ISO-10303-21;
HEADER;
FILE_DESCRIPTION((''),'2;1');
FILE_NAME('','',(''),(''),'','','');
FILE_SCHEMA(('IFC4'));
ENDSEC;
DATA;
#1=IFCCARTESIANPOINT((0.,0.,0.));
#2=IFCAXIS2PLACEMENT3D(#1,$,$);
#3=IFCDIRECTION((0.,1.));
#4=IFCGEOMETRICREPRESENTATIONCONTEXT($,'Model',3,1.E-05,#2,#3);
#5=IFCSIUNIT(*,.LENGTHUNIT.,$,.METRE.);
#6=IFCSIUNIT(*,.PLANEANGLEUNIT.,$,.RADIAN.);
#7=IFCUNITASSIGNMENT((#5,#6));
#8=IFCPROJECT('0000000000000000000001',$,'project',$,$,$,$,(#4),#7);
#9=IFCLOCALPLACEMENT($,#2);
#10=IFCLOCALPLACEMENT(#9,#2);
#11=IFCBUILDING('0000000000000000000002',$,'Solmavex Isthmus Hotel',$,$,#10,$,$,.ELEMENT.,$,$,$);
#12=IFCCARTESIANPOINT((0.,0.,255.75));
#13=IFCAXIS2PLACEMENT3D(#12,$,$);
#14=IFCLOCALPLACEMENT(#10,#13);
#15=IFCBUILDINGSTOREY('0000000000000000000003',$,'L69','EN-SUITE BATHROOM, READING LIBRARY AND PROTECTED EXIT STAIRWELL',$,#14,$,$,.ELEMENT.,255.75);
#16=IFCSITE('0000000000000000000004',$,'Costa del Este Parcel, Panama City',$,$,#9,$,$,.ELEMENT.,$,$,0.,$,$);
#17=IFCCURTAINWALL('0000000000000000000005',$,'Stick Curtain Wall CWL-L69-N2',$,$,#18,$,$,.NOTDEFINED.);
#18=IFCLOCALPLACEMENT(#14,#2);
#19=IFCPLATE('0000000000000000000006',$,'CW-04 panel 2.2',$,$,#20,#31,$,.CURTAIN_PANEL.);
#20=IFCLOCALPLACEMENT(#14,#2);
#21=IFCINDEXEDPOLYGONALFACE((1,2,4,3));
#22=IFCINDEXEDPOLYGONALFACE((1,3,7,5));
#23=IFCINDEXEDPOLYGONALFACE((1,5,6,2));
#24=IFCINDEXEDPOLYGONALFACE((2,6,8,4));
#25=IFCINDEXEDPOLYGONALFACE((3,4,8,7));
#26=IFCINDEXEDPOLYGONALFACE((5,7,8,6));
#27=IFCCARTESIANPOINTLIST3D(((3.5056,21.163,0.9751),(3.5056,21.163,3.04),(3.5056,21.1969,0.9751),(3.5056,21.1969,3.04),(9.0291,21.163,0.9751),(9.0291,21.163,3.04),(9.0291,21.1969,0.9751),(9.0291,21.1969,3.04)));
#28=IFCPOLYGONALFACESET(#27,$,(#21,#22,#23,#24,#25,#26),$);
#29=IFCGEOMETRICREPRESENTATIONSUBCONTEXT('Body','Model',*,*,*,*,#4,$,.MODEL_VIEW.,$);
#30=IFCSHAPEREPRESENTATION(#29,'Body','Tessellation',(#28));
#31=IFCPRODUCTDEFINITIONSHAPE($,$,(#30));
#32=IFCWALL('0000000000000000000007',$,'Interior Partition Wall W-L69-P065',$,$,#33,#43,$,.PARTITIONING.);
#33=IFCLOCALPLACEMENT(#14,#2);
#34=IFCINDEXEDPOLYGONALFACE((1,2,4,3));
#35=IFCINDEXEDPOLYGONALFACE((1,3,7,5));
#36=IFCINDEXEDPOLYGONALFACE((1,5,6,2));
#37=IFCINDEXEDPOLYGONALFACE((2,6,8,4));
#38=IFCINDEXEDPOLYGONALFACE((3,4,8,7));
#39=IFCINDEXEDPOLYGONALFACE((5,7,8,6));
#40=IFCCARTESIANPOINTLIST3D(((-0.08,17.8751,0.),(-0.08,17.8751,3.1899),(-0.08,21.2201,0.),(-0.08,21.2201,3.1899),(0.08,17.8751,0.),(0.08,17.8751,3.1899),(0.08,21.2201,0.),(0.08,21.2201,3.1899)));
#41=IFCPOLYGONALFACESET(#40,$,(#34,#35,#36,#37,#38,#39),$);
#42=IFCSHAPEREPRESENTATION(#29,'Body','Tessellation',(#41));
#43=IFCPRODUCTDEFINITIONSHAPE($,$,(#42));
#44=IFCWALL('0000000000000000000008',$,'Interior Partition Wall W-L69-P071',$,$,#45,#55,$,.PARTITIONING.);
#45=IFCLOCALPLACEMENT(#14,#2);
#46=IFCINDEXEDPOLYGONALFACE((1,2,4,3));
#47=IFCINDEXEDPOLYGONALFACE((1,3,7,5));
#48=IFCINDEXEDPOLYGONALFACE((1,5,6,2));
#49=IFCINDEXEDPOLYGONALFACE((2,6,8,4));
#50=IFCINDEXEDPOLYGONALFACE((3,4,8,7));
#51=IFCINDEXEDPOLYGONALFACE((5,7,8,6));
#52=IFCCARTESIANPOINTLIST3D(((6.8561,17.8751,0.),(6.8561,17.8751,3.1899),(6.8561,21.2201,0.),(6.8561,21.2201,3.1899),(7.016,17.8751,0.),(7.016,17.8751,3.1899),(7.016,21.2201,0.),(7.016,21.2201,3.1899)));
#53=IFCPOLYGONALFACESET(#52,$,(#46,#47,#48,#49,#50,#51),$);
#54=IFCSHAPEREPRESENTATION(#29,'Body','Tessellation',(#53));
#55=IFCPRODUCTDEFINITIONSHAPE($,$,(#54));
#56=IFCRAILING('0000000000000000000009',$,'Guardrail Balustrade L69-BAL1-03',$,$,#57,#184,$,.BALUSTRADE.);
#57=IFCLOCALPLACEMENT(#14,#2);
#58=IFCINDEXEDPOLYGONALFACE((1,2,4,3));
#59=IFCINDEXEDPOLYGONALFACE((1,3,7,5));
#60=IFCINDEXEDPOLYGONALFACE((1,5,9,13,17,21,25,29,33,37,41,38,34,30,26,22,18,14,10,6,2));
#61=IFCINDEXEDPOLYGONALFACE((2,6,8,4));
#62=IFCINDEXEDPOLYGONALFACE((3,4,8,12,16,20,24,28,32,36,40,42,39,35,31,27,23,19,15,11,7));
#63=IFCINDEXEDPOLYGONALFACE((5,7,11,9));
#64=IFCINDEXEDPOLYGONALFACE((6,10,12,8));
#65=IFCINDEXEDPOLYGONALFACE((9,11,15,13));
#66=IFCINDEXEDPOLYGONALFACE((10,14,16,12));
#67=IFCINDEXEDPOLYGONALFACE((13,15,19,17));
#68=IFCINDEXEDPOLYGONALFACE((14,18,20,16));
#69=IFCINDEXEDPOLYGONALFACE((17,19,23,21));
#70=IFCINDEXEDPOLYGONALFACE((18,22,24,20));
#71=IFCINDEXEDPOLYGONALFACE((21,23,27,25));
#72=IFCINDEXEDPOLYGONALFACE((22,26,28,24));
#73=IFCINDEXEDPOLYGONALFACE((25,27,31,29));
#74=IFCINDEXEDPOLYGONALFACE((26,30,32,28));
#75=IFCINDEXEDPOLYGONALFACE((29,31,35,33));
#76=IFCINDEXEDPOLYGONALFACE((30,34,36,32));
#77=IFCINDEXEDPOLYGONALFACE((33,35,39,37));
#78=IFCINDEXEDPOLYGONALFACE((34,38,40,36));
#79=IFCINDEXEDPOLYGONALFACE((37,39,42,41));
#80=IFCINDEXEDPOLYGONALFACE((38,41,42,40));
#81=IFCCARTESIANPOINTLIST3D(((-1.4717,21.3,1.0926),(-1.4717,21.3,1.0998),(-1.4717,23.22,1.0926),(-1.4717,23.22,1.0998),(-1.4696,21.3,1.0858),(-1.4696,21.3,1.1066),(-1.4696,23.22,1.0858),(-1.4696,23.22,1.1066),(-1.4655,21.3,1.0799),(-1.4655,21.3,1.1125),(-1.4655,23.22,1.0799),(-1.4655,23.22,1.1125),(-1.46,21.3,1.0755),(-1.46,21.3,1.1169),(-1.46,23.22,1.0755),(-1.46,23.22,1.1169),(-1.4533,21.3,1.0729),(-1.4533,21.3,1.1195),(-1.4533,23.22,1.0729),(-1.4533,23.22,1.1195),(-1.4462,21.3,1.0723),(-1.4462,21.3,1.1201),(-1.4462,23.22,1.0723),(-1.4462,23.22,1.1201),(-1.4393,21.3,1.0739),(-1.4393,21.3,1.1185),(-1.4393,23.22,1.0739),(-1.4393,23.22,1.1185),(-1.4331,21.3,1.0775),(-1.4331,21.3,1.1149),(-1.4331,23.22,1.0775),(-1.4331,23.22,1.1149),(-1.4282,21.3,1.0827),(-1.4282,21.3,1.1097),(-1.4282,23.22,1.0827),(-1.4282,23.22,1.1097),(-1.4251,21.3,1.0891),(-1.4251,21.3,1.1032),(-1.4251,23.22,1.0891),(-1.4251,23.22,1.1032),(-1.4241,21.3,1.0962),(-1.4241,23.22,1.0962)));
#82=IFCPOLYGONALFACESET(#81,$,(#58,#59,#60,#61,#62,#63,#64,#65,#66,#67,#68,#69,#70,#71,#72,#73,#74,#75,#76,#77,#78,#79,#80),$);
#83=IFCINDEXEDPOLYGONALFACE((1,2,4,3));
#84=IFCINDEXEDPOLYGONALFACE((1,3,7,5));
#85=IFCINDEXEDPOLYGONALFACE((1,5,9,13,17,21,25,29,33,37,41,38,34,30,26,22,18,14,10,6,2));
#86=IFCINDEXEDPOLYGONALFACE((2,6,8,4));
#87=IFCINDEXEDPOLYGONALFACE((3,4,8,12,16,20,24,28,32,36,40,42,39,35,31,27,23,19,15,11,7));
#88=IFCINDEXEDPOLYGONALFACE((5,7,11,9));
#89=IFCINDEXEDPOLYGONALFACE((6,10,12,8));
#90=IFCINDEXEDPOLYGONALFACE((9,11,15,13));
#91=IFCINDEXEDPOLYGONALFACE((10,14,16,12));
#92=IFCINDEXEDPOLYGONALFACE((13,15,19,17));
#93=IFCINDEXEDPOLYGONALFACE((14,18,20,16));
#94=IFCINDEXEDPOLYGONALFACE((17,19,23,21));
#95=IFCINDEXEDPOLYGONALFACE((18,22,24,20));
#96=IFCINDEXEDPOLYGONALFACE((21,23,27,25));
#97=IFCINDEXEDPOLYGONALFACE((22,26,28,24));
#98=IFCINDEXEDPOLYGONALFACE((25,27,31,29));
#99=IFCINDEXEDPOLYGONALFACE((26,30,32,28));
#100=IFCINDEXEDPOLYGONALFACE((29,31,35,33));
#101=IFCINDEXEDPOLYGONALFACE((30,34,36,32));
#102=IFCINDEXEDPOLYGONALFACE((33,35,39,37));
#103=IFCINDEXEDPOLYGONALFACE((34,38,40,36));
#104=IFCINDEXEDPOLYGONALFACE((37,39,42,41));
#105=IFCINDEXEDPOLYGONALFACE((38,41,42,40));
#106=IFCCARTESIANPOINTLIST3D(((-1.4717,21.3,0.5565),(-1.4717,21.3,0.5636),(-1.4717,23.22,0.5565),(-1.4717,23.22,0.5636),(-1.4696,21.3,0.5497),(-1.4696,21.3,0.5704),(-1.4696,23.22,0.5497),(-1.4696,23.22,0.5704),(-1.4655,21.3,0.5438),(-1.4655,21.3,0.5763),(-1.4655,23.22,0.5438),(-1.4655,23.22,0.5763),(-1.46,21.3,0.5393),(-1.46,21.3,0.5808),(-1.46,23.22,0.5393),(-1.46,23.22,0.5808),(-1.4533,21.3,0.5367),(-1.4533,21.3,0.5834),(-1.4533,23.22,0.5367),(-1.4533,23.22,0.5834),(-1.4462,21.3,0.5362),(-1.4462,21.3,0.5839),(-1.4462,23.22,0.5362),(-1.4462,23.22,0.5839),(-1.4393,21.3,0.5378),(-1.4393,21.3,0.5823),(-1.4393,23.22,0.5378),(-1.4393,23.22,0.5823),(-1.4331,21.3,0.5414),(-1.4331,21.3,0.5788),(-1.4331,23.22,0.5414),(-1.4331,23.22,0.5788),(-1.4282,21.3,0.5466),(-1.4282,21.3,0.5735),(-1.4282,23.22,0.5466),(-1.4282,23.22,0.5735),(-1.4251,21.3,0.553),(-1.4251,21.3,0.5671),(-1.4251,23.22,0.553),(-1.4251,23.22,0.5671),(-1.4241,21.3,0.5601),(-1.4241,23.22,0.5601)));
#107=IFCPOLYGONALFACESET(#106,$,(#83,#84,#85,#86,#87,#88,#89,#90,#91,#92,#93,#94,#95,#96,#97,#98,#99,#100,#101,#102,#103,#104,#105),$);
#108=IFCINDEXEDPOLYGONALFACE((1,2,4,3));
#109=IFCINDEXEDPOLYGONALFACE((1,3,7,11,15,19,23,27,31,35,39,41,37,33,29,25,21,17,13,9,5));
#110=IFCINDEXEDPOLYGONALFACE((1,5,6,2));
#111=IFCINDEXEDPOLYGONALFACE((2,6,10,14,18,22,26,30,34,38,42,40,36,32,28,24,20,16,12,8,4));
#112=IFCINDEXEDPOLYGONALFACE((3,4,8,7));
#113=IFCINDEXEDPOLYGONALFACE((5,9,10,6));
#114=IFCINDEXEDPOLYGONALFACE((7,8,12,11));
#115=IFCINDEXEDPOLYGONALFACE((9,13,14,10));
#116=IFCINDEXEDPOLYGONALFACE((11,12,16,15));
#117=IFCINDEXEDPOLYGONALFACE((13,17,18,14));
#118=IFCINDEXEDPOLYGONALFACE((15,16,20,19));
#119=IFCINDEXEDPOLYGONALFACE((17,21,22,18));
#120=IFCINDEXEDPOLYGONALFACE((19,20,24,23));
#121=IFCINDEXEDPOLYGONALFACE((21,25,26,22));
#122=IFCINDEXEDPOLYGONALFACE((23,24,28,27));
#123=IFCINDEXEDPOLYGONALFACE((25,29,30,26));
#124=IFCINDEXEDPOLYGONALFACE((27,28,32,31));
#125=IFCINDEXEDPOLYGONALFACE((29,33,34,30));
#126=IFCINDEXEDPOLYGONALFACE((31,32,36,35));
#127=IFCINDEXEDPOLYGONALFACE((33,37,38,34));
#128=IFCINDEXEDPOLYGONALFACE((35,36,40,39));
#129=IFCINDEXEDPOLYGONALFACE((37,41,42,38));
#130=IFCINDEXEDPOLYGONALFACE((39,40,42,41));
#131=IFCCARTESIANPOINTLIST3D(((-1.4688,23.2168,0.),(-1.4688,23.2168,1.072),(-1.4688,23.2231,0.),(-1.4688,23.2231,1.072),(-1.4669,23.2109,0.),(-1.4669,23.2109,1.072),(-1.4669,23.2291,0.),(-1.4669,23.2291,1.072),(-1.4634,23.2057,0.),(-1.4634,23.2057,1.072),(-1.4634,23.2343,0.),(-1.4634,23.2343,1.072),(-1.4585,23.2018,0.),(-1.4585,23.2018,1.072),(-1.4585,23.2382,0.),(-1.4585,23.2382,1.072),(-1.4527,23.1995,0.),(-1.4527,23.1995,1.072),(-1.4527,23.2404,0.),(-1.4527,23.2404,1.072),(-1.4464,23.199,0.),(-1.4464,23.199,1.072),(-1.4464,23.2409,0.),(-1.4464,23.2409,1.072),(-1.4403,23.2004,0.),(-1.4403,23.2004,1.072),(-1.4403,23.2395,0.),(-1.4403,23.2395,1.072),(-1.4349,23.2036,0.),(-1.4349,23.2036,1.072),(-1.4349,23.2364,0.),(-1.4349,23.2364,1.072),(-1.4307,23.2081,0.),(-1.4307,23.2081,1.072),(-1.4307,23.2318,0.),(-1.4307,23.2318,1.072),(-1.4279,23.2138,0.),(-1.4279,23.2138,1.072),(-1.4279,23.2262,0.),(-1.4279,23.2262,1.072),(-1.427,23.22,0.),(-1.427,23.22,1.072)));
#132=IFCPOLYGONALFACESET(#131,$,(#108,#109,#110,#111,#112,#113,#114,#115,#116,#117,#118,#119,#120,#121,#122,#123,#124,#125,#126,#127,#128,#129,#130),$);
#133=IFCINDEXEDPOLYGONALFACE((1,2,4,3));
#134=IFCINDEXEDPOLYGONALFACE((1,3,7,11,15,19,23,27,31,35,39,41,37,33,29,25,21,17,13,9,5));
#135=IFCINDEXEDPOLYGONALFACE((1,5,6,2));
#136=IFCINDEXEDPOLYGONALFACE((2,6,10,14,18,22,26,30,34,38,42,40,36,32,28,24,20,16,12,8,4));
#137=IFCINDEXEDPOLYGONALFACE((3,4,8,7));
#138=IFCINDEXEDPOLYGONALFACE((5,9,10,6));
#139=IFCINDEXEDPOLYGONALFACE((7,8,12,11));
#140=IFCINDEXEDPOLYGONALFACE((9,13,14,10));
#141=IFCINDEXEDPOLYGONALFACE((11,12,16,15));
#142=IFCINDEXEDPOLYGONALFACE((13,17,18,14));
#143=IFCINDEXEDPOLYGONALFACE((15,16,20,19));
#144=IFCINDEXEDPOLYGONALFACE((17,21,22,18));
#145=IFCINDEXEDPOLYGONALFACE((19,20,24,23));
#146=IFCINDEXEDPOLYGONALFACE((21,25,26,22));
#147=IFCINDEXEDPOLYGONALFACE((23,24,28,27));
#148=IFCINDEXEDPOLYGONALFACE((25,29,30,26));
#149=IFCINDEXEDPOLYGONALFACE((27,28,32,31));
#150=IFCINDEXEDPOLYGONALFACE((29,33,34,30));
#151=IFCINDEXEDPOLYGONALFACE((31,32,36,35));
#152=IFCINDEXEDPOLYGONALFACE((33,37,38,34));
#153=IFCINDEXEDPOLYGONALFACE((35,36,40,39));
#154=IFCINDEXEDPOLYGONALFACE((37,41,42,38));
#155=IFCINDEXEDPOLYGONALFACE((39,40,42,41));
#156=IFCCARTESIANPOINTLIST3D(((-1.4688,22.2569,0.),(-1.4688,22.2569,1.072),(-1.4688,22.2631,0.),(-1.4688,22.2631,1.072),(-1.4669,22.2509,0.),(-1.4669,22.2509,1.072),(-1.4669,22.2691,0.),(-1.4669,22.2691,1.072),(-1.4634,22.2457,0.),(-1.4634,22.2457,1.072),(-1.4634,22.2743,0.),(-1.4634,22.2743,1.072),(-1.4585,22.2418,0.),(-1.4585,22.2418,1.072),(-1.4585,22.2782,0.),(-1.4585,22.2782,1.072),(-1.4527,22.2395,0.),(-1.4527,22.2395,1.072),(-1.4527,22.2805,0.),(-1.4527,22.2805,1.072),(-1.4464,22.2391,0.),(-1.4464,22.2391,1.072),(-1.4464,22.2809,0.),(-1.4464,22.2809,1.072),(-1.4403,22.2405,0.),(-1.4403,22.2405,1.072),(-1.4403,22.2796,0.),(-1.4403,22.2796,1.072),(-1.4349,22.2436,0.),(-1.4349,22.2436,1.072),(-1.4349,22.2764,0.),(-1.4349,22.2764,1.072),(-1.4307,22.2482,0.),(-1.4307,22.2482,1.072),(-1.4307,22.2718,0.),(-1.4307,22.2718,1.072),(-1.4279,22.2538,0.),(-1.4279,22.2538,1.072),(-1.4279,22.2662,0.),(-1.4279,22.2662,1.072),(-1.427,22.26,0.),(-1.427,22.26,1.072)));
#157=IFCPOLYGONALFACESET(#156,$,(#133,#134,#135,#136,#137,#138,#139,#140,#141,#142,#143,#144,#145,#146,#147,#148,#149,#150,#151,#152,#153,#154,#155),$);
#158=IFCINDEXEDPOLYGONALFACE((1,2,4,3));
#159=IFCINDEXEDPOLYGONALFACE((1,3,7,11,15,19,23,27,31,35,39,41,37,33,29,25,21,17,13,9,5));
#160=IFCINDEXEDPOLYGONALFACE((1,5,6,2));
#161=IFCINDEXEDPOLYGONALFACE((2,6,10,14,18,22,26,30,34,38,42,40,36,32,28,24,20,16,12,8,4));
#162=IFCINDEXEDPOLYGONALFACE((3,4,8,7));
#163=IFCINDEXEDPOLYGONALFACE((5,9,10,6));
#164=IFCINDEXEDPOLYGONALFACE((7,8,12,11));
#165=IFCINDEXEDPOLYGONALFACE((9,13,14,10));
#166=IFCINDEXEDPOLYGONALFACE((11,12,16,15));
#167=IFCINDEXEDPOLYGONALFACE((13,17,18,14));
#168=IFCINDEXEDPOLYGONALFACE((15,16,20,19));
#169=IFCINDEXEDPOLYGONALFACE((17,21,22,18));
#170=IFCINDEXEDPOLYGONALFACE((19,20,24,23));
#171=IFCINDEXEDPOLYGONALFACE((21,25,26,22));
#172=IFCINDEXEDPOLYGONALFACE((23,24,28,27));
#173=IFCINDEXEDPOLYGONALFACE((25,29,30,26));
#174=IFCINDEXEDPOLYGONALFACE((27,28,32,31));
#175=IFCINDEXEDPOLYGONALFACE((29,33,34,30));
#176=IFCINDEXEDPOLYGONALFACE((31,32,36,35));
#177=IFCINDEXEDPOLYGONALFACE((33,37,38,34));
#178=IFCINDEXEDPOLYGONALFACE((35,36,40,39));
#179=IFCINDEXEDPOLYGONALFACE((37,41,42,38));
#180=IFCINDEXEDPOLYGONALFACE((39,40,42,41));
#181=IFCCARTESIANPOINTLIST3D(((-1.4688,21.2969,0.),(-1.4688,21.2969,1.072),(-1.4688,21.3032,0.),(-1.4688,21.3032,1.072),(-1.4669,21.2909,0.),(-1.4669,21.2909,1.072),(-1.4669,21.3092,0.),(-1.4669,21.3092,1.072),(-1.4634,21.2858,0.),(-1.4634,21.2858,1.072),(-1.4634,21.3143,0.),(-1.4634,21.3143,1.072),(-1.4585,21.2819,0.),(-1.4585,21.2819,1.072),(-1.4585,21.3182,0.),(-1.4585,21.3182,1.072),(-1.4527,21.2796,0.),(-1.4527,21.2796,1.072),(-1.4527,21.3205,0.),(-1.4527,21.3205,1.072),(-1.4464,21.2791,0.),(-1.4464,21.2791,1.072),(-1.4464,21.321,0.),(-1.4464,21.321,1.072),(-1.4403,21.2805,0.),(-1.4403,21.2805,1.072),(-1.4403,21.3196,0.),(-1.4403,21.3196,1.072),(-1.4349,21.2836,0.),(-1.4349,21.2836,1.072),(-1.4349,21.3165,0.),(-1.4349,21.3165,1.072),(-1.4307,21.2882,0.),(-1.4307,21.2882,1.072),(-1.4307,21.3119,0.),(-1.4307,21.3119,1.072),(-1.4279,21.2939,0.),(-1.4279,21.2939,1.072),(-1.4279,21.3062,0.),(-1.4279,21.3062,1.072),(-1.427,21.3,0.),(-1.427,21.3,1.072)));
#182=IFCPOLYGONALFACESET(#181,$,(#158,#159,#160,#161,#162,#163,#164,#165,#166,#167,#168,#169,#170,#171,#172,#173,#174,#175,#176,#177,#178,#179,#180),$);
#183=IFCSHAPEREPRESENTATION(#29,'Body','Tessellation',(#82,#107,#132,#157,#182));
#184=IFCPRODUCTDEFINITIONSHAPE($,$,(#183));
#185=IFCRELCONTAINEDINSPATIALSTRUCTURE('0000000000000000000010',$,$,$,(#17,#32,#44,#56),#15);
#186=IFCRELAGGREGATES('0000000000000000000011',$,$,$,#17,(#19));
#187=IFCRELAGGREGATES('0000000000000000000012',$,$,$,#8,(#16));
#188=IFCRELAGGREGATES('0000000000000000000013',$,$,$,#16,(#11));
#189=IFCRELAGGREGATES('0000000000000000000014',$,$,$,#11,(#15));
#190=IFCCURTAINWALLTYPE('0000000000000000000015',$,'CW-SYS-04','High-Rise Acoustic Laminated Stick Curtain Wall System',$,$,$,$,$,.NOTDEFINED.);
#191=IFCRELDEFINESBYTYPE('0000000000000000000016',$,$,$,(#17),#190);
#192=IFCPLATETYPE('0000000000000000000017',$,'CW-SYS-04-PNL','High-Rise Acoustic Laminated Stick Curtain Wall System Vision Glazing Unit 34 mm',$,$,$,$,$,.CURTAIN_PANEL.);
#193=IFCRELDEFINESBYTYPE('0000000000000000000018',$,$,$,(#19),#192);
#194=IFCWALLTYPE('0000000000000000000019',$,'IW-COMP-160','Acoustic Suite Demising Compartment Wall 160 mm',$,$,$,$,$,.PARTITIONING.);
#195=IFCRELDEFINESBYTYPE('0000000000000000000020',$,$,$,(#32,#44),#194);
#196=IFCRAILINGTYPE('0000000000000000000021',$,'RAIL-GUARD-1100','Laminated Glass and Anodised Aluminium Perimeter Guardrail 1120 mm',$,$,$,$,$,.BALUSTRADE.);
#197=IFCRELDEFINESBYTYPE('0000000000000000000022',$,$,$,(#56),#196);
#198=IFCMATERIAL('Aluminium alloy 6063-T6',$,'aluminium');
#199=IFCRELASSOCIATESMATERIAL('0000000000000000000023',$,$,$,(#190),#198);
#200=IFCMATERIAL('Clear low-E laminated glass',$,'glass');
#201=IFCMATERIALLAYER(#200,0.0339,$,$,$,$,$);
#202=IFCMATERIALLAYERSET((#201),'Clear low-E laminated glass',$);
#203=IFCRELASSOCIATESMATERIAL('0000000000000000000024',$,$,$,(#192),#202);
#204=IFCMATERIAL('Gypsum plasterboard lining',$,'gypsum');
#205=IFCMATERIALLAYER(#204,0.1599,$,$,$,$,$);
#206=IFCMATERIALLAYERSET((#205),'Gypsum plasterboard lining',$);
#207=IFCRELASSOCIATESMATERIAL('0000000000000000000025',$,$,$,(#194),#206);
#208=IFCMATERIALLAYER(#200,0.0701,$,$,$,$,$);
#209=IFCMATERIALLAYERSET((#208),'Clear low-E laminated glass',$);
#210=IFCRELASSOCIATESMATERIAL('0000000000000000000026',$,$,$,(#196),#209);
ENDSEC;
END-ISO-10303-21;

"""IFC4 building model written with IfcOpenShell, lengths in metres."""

from ifc_helpers import new_model, si_unit, direction, frame, frame_2d, origin, origin_2d, place, context, subcontext, project, spatial, rectangle, circle, extrude, material, layer, layer_set, type_object, element, aggregate, save


model = new_model("IFC4")

# Units and contexts
model_context = context("Model", 3, precision=1e-05, world=origin(), true_north=direction((0.0, 1.0)))
body_context = subcontext(model_context, "Body", "Model", "MODEL_VIEW")
ifc_project = project(units=[si_unit("LENGTHUNIT", "METRE"), si_unit("PLANEANGLEUNIT", "RADIAN")], contexts=[model_context])

# Site, building, storey
site_placement = place(None, origin())
site = spatial("IfcSite", under=ifc_project, at=site_placement, Name="Costa del Este Parcel, Panama City", CompositionType="ELEMENT", RefElevation=0.0)
building_placement = place(site_placement, origin())
building = spatial("IfcBuilding", under=site, at=building_placement, Name="Solmavex Isthmus Hotel", CompositionType="ELEMENT")
storey_placement = place(building_placement, frame((0.0, 0.0, 255.75)))
storey = spatial("IfcBuildingStorey", under=building, at=storey_placement, Name="L69", Description="EN-SUITE BATHROOM, READING LIBRARY AND PROTECTED EXIT STAIRWELL", CompositionType="ELEMENT", Elevation=255.75)

# Curtain wall
ifc_material_1 = material(Name="Aluminium alloy 6063-T6", Category="aluminium")
curtain_wall_type = type_object("IfcCurtainWallType", Name="CW-SYS-04", Description="High-Rise Acoustic Laminated Stick Curtain Wall System", PredefinedType="NOTDEFINED", material=ifc_material_1)
curtain_wall_1_placement = place(storey_placement, origin())
curtain_wall_1 = element("IfcCurtainWall", 1, at=curtain_wall_1_placement, inside=storey, type_object=curtain_wall_type, Name="Stick Curtain Wall CWL-L69-N2", PredefinedType="NOTDEFINED")

# Plate
ifc_material_2 = material(Name="Clear low-E laminated glass", Category="glass")
ifc_layer_1 = layer(ifc_material_2, 0.0339)
ifc_layer_set_1 = layer_set([ifc_layer_1], Name="Clear low-E laminated glass")
plate_type = type_object("IfcPlateType", Name="CW-SYS-04-PNL", Description="High-Rise Acoustic Laminated Stick Curtain Wall System Vision Glazing Unit 34 mm", PredefinedType="CURTAIN_PANEL", material=ifc_layer_set_1)
plate_1_placement = place(storey_placement, frame((6.2673, 21.1799, 0.9751), z_axis=(0.0, 0.0, 1.0), x_axis=(1.0, 0.0, 0.0)))
plate_1 = element("IfcPlate", 2, at=plate_1_placement, type_object=plate_type, Name="CW-04 panel 2.2", PredefinedType="CURTAIN_PANEL", context=body_context, shape_type="SweptSolid", body=[
    extrude(rectangle(XDim=5.5234, YDim=0.0339, at=origin_2d()), origin(), (0.0, 0.0, 1.0), 2.0649),
])
aggregate(curtain_wall_1, [plate_1])

# Walls
ifc_material_3 = material(Name="Gypsum plasterboard lining", Category="gypsum")
ifc_layer_2 = layer(ifc_material_3, 0.1599)
ifc_layer_set_2 = layer_set([ifc_layer_2], Name="Gypsum plasterboard lining")
wall_type_1 = type_object("IfcWallType", Name="IW-COMP-160", Description="Acoustic Suite Demising Compartment Wall 160 mm", PredefinedType="PARTITIONING", material=ifc_layer_set_2)
for number, where, z_axis, x_axis, name in (
    (3, (0.0, 21.22, 0.0), (0.0, 0.0, 1.0), (0.0, -1.0, 0.0), "Interior Partition Wall W-L69-P065"),
    (4, (6.936, 21.22, 0.0), (0.0, 0.0, 1.0), (0.0, -1.0, 0.0), "Interior Partition Wall W-L69-P071"),
):
    element("IfcWall", number, at=place(storey_placement, frame(where, z_axis=z_axis, x_axis=x_axis)), inside=storey, type_object=wall_type_1, Name=name, PredefinedType="PARTITIONING", context=body_context, shape_type="SweptSolid", body=[
        extrude(rectangle(XDim=3.345, YDim=0.1599, at=frame_2d((1.6724, 0.0))), origin(), (0.0, 0.0, 1.0), 3.1899),
    ])

# Railing
ifc_layer_3 = layer(ifc_material_2, 0.0701)
ifc_layer_set_3 = layer_set([ifc_layer_3], Name="Clear low-E laminated glass")
railing_type = type_object("IfcRailingType", Name="RAIL-GUARD-1100", Description="Laminated Glass and Anodised Aluminium Perimeter Guardrail 1120 mm", PredefinedType="BALUSTRADE", material=ifc_layer_set_3)
railing_1_placement = place(storey_placement, frame((-1.448, 23.22, 0.0)))
element("IfcRailing", 5, at=railing_1_placement, inside=storey, type_object=railing_type, Name="Guardrail Balustrade L69-BAL1-03", PredefinedType="BALUSTRADE", context=body_context, shape_type="SweptSolid", body=[
    extrude(circle(Radius=0.0239, at=origin_2d()), frame((0.0, 0.0, 1.0962), z_axis=(0.0, -1.0, 0.0), x_axis=(1.0, 0.0, 0.0)), (0.0, 0.0, 1.0), 1.9199),
    extrude(circle(Radius=0.0239, at=origin_2d()), frame((0.0, 0.0, 0.5601), z_axis=(0.0, -1.0, 0.0), x_axis=(1.0, 0.0, 0.0)), (0.0, 0.0, 1.0), 1.9199),
    extrude(circle(Radius=0.021, at=origin_2d()), origin(), (0.0, 0.0, 1.0), 1.072),
    extrude(circle(Radius=0.021, at=origin_2d()), frame((0.0, -0.96, 0.0)), (0.0, 0.0, 1.0), 1.072),
    extrude(circle(Radius=0.021, at=origin_2d()), frame((0.0, -1.9199, 0.0)), (0.0, 0.0, 1.0), 1.072),
])

save(model, "model.ifc")
